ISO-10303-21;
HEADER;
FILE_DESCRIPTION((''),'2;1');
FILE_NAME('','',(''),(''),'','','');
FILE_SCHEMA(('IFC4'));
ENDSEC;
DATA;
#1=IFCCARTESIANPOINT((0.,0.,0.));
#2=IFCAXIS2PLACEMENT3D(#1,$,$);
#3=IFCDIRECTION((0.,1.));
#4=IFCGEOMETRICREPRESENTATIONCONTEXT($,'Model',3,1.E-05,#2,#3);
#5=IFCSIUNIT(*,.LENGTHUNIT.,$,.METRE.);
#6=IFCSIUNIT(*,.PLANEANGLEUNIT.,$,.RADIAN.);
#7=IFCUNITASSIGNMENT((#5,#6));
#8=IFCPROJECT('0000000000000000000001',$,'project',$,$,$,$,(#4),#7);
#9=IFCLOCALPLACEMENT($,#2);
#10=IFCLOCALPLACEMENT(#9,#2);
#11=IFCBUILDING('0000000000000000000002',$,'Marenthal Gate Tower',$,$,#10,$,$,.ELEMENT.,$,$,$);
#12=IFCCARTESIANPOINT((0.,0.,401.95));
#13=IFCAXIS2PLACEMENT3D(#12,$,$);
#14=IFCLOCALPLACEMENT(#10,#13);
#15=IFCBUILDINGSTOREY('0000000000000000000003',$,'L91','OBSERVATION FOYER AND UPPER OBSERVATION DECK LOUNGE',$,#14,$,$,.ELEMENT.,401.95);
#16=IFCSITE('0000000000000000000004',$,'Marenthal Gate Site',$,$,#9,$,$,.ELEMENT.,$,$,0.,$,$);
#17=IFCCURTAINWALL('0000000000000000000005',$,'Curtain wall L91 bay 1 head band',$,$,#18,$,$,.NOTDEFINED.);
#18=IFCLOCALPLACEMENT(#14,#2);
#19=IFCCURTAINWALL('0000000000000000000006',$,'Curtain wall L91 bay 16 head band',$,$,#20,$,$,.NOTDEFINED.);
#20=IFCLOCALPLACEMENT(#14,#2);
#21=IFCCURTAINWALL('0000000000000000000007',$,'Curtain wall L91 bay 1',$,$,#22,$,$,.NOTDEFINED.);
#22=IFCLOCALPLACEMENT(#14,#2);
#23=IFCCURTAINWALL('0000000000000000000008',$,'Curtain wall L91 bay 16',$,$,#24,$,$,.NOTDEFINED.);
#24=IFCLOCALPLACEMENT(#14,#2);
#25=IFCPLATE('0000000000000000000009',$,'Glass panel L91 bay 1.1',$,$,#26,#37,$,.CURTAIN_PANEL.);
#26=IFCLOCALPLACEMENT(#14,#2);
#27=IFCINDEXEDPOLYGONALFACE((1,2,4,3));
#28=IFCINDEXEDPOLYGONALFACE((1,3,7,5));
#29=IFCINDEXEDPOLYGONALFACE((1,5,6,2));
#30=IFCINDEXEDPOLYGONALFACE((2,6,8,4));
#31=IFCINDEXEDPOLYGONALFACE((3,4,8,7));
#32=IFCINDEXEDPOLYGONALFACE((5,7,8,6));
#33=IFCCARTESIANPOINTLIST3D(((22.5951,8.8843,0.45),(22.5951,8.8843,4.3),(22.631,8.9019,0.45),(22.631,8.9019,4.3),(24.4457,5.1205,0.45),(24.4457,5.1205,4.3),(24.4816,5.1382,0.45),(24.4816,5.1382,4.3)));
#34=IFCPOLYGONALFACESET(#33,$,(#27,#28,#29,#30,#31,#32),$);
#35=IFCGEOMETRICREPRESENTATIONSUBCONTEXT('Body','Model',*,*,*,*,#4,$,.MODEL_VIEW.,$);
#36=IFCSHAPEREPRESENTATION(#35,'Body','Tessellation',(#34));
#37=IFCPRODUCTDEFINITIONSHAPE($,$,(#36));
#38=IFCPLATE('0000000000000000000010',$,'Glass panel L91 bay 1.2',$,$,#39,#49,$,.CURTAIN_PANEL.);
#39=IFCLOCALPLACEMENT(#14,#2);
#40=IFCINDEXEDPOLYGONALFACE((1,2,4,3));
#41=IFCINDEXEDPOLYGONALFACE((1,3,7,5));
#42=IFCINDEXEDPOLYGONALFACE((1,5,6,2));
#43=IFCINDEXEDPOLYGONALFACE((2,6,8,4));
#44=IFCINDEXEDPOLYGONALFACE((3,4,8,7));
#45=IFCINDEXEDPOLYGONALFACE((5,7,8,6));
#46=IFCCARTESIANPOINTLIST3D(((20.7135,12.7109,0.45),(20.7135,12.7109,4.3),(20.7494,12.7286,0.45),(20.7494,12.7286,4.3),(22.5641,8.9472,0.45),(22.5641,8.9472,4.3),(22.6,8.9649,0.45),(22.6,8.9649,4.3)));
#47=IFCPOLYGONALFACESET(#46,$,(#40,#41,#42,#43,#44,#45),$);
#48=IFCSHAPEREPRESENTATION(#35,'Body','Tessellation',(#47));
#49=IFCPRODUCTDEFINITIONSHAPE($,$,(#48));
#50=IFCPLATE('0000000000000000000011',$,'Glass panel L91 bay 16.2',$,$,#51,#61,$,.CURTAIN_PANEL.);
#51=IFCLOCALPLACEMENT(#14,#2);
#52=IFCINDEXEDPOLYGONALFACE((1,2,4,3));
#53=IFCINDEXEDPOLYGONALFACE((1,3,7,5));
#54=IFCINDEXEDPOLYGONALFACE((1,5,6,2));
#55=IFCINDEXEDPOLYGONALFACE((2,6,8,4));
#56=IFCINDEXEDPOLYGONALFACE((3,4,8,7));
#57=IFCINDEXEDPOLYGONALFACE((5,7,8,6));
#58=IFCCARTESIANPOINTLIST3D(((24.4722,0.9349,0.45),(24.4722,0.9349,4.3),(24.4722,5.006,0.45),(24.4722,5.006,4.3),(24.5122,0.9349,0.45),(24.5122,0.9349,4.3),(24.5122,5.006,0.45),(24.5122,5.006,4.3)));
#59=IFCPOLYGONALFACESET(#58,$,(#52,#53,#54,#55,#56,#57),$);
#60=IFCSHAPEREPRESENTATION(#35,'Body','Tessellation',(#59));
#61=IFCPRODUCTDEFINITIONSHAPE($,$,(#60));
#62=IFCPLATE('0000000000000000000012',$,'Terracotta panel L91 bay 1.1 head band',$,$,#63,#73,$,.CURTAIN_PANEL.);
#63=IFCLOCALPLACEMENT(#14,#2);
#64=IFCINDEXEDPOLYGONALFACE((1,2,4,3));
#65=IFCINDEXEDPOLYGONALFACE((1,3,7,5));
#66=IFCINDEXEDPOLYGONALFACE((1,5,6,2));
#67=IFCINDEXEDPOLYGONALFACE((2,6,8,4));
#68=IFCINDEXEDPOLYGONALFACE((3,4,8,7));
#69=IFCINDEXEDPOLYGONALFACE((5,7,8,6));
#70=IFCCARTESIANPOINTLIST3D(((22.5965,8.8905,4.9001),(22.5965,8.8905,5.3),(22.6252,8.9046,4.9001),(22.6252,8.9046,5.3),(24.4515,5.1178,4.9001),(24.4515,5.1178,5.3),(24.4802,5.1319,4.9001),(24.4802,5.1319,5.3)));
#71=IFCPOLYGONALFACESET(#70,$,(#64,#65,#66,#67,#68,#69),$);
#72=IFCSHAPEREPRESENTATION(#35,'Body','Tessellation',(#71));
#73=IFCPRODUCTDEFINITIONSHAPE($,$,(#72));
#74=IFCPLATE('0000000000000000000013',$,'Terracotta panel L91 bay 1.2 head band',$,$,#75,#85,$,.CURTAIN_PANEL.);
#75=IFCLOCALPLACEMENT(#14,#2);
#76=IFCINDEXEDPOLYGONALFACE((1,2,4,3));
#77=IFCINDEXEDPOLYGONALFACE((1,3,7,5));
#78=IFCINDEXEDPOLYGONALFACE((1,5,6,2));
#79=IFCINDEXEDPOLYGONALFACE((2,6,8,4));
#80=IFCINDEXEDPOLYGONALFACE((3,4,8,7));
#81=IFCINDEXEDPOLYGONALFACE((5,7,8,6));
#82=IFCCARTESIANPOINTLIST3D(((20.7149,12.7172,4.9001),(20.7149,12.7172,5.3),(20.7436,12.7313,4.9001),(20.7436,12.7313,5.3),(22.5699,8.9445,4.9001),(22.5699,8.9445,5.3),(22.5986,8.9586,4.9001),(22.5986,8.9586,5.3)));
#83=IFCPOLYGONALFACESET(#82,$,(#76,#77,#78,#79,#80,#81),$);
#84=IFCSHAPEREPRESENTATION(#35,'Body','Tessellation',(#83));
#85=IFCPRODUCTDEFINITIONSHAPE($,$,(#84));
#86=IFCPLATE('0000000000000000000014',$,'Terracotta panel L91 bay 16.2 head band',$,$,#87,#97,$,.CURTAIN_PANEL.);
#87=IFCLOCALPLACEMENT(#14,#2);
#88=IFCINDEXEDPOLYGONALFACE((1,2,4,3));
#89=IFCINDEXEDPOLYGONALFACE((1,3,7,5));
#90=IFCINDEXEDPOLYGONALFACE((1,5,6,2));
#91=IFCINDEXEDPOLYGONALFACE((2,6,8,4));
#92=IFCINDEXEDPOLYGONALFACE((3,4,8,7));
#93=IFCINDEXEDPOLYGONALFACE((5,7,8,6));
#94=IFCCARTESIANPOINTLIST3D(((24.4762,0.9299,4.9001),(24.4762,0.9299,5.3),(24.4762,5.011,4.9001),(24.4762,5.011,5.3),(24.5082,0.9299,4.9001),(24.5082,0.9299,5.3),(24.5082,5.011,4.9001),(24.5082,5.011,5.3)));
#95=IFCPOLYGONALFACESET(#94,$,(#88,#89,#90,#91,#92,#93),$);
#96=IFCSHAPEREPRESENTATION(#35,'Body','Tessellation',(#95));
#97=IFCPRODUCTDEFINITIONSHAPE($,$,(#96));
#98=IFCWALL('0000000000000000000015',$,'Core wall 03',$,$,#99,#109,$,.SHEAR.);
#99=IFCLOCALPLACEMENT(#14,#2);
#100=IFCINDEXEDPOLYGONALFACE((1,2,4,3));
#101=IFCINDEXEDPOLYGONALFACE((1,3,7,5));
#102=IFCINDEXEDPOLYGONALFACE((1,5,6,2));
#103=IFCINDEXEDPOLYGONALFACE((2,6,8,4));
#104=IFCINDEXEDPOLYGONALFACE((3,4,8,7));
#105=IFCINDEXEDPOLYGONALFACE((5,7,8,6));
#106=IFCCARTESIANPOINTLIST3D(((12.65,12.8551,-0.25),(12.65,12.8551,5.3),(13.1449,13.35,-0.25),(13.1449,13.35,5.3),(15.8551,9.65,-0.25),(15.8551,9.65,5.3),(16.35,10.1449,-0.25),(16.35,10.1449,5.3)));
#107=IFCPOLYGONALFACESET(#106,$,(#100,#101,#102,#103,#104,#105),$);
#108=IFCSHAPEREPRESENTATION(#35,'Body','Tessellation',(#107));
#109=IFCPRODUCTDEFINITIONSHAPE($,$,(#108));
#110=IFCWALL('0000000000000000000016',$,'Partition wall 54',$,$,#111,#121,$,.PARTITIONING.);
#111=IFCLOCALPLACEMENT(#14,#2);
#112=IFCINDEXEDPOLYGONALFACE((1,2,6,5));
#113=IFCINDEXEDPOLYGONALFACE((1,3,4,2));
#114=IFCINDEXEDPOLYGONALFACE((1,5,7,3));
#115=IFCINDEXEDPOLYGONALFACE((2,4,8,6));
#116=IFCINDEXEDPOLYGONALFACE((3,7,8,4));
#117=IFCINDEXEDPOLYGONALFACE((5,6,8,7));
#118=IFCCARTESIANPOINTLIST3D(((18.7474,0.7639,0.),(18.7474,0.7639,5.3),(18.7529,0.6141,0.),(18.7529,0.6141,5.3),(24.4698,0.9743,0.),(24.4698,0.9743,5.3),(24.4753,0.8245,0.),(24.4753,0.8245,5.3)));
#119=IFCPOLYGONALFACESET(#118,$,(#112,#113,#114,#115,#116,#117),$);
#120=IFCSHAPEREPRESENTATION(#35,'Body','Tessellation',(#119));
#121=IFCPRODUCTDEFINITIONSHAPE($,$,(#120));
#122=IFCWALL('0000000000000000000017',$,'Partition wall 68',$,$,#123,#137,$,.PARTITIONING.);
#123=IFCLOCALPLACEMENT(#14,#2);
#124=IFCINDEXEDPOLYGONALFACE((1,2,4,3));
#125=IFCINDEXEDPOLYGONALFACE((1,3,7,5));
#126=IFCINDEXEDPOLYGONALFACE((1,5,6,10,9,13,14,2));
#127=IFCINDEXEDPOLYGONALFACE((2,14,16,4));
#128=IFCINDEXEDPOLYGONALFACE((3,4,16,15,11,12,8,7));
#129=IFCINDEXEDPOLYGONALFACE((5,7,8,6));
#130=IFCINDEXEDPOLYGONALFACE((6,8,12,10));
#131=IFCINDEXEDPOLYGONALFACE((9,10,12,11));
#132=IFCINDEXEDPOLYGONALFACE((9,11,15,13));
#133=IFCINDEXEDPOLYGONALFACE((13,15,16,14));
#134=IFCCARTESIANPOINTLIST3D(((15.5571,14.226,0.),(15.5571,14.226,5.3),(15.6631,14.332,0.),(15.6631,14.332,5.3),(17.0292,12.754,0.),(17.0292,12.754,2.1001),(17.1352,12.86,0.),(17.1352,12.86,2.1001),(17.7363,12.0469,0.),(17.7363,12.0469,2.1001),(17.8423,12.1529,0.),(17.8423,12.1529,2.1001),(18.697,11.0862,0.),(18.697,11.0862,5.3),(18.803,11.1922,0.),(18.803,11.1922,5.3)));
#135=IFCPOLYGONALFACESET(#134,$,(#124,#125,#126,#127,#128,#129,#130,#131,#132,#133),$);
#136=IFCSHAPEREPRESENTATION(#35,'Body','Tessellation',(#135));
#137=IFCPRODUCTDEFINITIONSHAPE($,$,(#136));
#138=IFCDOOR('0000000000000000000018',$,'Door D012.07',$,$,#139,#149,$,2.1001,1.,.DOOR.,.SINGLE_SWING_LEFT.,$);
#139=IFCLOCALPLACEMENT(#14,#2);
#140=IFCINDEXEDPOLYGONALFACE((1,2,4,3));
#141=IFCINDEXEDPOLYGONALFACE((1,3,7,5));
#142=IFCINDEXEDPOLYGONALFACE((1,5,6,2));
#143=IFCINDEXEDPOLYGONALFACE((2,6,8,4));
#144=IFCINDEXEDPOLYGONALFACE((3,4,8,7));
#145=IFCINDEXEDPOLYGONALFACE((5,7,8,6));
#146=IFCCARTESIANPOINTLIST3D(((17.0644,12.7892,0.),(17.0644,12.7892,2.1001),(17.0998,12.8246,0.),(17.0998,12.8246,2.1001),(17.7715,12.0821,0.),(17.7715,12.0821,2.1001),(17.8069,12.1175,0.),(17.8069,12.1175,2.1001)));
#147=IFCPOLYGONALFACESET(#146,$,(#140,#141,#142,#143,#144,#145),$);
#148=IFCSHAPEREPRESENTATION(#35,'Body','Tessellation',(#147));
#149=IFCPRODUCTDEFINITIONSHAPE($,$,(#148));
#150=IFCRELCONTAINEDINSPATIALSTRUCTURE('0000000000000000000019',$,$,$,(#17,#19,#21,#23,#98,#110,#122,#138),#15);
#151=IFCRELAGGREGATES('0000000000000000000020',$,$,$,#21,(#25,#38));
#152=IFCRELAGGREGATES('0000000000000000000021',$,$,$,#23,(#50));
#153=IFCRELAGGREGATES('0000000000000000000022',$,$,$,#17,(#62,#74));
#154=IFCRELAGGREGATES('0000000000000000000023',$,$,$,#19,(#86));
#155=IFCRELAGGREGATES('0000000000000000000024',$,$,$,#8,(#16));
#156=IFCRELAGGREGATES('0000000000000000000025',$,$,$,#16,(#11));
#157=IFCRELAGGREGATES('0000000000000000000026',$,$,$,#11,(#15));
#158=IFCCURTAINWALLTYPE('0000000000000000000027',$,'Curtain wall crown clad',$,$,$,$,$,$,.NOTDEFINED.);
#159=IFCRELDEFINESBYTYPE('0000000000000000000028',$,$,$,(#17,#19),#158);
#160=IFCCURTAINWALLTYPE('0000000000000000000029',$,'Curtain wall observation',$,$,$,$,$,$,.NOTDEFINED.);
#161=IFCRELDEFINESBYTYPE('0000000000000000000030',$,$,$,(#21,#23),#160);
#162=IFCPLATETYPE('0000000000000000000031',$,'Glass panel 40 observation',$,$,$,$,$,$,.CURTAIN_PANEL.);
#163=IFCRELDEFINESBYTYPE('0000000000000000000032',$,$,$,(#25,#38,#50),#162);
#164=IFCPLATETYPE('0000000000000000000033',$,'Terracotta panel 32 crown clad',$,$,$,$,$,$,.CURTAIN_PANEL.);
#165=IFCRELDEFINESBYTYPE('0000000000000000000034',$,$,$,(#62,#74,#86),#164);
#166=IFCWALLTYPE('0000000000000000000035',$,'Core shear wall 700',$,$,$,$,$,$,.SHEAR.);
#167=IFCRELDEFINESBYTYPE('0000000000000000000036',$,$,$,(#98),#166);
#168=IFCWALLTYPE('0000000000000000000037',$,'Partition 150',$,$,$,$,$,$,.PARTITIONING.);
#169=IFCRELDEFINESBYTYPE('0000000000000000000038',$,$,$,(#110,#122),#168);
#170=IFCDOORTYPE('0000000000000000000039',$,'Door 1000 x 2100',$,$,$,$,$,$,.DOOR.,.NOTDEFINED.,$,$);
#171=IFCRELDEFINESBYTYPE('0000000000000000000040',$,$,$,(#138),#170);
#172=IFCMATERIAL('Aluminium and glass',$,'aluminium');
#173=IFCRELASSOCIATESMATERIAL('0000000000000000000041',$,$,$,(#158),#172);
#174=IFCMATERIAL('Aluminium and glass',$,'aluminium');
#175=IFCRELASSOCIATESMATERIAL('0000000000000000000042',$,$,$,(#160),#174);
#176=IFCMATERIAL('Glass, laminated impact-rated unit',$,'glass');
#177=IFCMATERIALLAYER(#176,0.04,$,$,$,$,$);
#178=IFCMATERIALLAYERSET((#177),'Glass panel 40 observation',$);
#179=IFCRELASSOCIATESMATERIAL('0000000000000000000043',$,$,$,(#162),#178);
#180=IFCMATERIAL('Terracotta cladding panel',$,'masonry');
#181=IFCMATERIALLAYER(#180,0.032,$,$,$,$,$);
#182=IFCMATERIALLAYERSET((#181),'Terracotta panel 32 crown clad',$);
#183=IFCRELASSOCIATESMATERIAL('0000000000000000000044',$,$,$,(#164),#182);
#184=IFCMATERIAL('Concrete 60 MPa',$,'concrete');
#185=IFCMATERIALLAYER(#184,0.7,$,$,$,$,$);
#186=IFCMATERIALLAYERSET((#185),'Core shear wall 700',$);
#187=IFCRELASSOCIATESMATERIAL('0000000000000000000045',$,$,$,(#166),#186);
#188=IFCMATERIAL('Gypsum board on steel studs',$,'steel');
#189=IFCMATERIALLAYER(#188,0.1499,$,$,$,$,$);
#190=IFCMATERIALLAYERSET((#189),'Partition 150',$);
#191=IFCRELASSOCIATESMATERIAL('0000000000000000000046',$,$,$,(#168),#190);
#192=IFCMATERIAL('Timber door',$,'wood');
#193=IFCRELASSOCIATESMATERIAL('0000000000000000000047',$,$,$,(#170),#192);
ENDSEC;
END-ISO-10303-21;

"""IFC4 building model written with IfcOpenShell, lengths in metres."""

from ifc_helpers import new_model, si_unit, direction, frame, frame_2d, origin, origin_2d, place, context, subcontext, project, spatial, rectangle, extrude, material, layer, layer_set, type_object, element, fill, aggregate, save


model = new_model("IFC4")

# Units and contexts
model_context = context("Model", 3, precision=1e-05, world=origin(), true_north=direction((0.0, 1.0)))
body_context = subcontext(model_context, "Body", "Model", "MODEL_VIEW")
ifc_project = project(units=[si_unit("LENGTHUNIT", "METRE"), si_unit("PLANEANGLEUNIT", "RADIAN")], contexts=[model_context])

# Site, building, storey
site_placement = place(None, origin())
site = spatial("IfcSite", under=ifc_project, at=site_placement, Name="Marenthal Gate Site", CompositionType="ELEMENT", RefElevation=0.0)
building_placement = place(site_placement, origin())
building = spatial("IfcBuilding", under=site, at=building_placement, Name="Marenthal Gate Tower", CompositionType="ELEMENT")
storey_placement = place(building_placement, frame((0.0, 0.0, 401.95)))
storey = spatial("IfcBuildingStorey", under=building, at=storey_placement, Name="L91", Description="OBSERVATION FOYER AND UPPER OBSERVATION DECK LOUNGE", CompositionType="ELEMENT", Elevation=401.95)

# Curtain walls
ifc_material_1 = material(Name="Aluminium and glass", Category="aluminium")
curtain_wall_type_1 = type_object("IfcCurtainWallType", Name="Curtain wall crown clad", PredefinedType="NOTDEFINED", material=ifc_material_1)
curtain_wall_1_placement = place(storey_placement, origin())
curtain_wall_1 = element("IfcCurtainWall", 1, at=curtain_wall_1_placement, inside=storey, type_object=curtain_wall_type_1, Name="Curtain wall L91 bay 1 head band", PredefinedType="NOTDEFINED")
curtain_wall_2_placement = place(storey_placement, origin())
curtain_wall_2 = element("IfcCurtainWall", 2, at=curtain_wall_2_placement, inside=storey, type_object=curtain_wall_type_1, Name="Curtain wall L91 bay 16 head band", PredefinedType="NOTDEFINED")
ifc_material_2 = material(Name="Aluminium and glass", Category="aluminium")
curtain_wall_type_2 = type_object("IfcCurtainWallType", Name="Curtain wall observation", PredefinedType="NOTDEFINED", material=ifc_material_2)
curtain_wall_3_placement = place(storey_placement, origin())
curtain_wall_3 = element("IfcCurtainWall", 3, at=curtain_wall_3_placement, inside=storey, type_object=curtain_wall_type_2, Name="Curtain wall L91 bay 1", PredefinedType="NOTDEFINED")
curtain_wall_4_placement = place(storey_placement, origin())
curtain_wall_4 = element("IfcCurtainWall", 4, at=curtain_wall_4_placement, inside=storey, type_object=curtain_wall_type_2, Name="Curtain wall L91 bay 16", PredefinedType="NOTDEFINED")

# Plates
ifc_material_3 = material(Name="Glass, laminated impact-rated unit", Category="glass")
ifc_layer_1 = layer(ifc_material_3, 0.04)
ifc_layer_set_1 = layer_set([ifc_layer_1], Name="Glass panel 40 observation")
plate_type_1 = type_object("IfcPlateType", Name="Glass panel 40 observation", PredefinedType="CURTAIN_PANEL", material=ifc_layer_set_1)
plate_1_placement = place(storey_placement, frame((23.5383, 7.0112, 0.45), z_axis=(0.0, 0.0, 1.0), x_axis=(-0.441247, 0.897386, 0.0)))
plate_1 = element("IfcPlate", 5, at=plate_1_placement, type_object=plate_type_1, Name="Glass panel L91 bay 1.1", PredefinedType="CURTAIN_PANEL", context=body_context, shape_type="SweptSolid", body=[
    extrude(rectangle(XDim=4.1941, YDim=0.04, at=origin_2d()), origin(), (0.0, 0.0, 1.0), 3.8501),
])
plate_2_placement = place(storey_placement, frame((21.6567, 10.8379, 0.45), z_axis=(0.0, 0.0, 1.0), x_axis=(-0.441247, 0.897386, 0.0)))
plate_2 = element("IfcPlate", 6, at=plate_2_placement, type_object=plate_type_1, Name="Glass panel L91 bay 1.2", PredefinedType="CURTAIN_PANEL", context=body_context, shape_type="SweptSolid", body=[
    extrude(rectangle(XDim=4.1941, YDim=0.04, at=origin_2d()), origin(), (0.0, 0.0, 1.0), 3.8501),
])
aggregate(curtain_wall_3, [plate_1, plate_2])
plate_3_placement = place(storey_placement, frame((24.4922, 2.9705, 0.45), z_axis=(0.0, 0.0, 1.0), x_axis=(0.0, 1.0, 0.0)))
plate_3 = element("IfcPlate", 7, at=plate_3_placement, type_object=plate_type_1, Name="Glass panel L91 bay 16.2", PredefinedType="CURTAIN_PANEL", context=body_context, shape_type="SweptSolid", body=[
    extrude(rectangle(XDim=4.071, YDim=0.04, at=origin_2d()), origin(), (0.0, 0.0, 1.0), 3.8501),
])
aggregate(curtain_wall_4, [plate_3])
ifc_material_4 = material(Name="Terracotta cladding panel", Category="masonry")
ifc_layer_2 = layer(ifc_material_4, 0.032)
ifc_layer_set_2 = layer_set([ifc_layer_2], Name="Terracotta panel 32 crown clad")
plate_type_2 = type_object("IfcPlateType", Name="Terracotta panel 32 crown clad", PredefinedType="CURTAIN_PANEL", material=ifc_layer_set_2)
plate_4_placement = place(storey_placement, frame((23.5383, 7.0112, 4.9001), z_axis=(0.0, 0.0, 1.0), x_axis=(-0.441247, 0.897386, 0.0)))
plate_4 = element("IfcPlate", 8, at=plate_4_placement, type_object=plate_type_2, Name="Terracotta panel L91 bay 1.1 head band", PredefinedType="CURTAIN_PANEL", context=body_context, shape_type="SweptSolid", body=[
    extrude(rectangle(XDim=4.2041, YDim=0.032, at=origin_2d()), origin(), (0.0, 0.0, 1.0), 0.3999),
])
plate_5_placement = place(storey_placement, frame((21.6567, 10.8379, 4.9001), z_axis=(0.0, 0.0, 1.0), x_axis=(-0.441247, 0.897386, 0.0)))
plate_5 = element("IfcPlate", 9, at=plate_5_placement, type_object=plate_type_2, Name="Terracotta panel L91 bay 1.2 head band", PredefinedType="CURTAIN_PANEL", context=body_context, shape_type="SweptSolid", body=[
    extrude(rectangle(XDim=4.2041, YDim=0.032, at=origin_2d()), origin(), (0.0, 0.0, 1.0), 0.3999),
])
aggregate(curtain_wall_1, [plate_4, plate_5])
plate_6_placement = place(storey_placement, frame((24.4922, 2.9705, 4.9001), z_axis=(0.0, 0.0, 1.0), x_axis=(0.0, 1.0, 0.0)))
plate_6 = element("IfcPlate", 10, at=plate_6_placement, type_object=plate_type_2, Name="Terracotta panel L91 bay 16.2 head band", PredefinedType="CURTAIN_PANEL", context=body_context, shape_type="SweptSolid", body=[
    extrude(rectangle(XDim=4.0811, YDim=0.032, at=origin_2d()), origin(), (0.0, 0.0, 1.0), 0.3999),
])
aggregate(curtain_wall_2, [plate_6])

# Walls
ifc_material_5 = material(Name="Concrete 60 MPa", Category="concrete")
ifc_layer_3 = layer(ifc_material_5, 0.7)
ifc_layer_set_3 = layer_set([ifc_layer_3], Name="Core shear wall 700")
wall_type_1 = type_object("IfcWallType", Name="Core shear wall 700", PredefinedType="SHEAR", material=ifc_layer_set_3)
wall_1_placement = place(storey_placement, frame((16.1025, 9.8975, -0.25), z_axis=(0.0, 0.0, 1.0), x_axis=(-0.707107, 0.707107, 0.0)))
element("IfcWall", 11, at=wall_1_placement, inside=storey, type_object=wall_type_1, Name="Core wall 03", PredefinedType="SHEAR", context=body_context, shape_type="SweptSolid", body=[
    extrude(rectangle(XDim=4.5327, YDim=0.7, at=frame_2d((2.2664, 0.0))), origin(), (0.0, 0.0, 1.0), 5.55),
])
ifc_material_6 = material(Name="Gypsum board on steel studs", Category="steel")
ifc_layer_4 = layer(ifc_material_6, 0.1499)
ifc_layer_set_4 = layer_set([ifc_layer_4], Name="Partition 150")
wall_type_2 = type_object("IfcWallType", Name="Partition 150", PredefinedType="PARTITIONING", material=ifc_layer_set_4)
wall_2_placement = place(storey_placement, frame((18.75, 0.689, 0.0), z_axis=(0.0, 0.0, 1.0), x_axis=(0.999324, 0.036751, 0.0)))
element("IfcWall", 12, at=wall_2_placement, inside=storey, type_object=wall_type_2, Name="Partition wall 54", PredefinedType="PARTITIONING", context=body_context, shape_type="SweptSolid", body=[
    extrude(rectangle(XDim=5.7263, YDim=0.1499, at=frame_2d((2.8633, 0.0))), origin(), (0.0, 0.0, 1.0), 5.3),
])

# Wall, opening, door
wall_3_placement = place(storey_placement, frame((18.75, 11.1392, 0.0), z_axis=(0.0, 0.0, 1.0), x_axis=(-0.707107, 0.707107, 0.0)))
wall_3 = element("IfcWall", 13, at=wall_3_placement, inside=storey, type_object=wall_type_2, Name="Partition wall 68", PredefinedType="PARTITIONING", context=body_context, shape_type="SweptSolid", body=[
    extrude(rectangle(XDim=4.4404, YDim=0.1499, at=frame_2d((2.2202, 0.0))), origin(), (0.0, 0.0, 1.0), 5.3),
])
opening_placement = place(wall_3_placement, frame((1.3586, 0.0, 0.0)))
opening = element("IfcOpeningElement", 14, at=opening_placement, cuts=wall_3, PredefinedType="OPENING", context=body_context, shape_type="SweptSolid", body=[
    extrude(rectangle(XDim=1.0, YDim=2.1001, at=frame_2d((0.5, 1.05))), frame((0.0, 0.085, 0.0), z_axis=(0.0, -1.0, 0.0), x_axis=(1.0, 0.0, 0.0)), (0.0, 0.0, 1.0), 0.1699),
])
ifc_material_7 = material(Name="Timber door", Category="wood")
door_type = type_object("IfcDoorType", Name="Door 1000 x 2100", OperationType="NOTDEFINED", PredefinedType="DOOR", material=ifc_material_7)
door_placement = place(opening_placement, frame((1.0, 0.0, 0.0), z_axis=(0.0, 0.0, 1.0), x_axis=(-1.0, 0.0, 0.0)))
door = element("IfcDoor", 15, at=door_placement, inside=storey, type_object=door_type, Name="Door D012.07", OperationType="SINGLE_SWING_LEFT", OverallHeight=2.1001, OverallWidth=1.0, PredefinedType="DOOR", context=body_context, shape_type="SweptSolid", body=[
    extrude(rectangle(XDim=1.0, YDim=2.1001, at=frame_2d((0.5, 1.05))), frame((0.0, 0.0249, 0.0), z_axis=(0.0, -1.0, 0.0), x_axis=(1.0, 0.0, 0.0)), (0.0, 0.0, 1.0), 0.05),
])
fill(opening, door)

save(model, "model.ifc")
